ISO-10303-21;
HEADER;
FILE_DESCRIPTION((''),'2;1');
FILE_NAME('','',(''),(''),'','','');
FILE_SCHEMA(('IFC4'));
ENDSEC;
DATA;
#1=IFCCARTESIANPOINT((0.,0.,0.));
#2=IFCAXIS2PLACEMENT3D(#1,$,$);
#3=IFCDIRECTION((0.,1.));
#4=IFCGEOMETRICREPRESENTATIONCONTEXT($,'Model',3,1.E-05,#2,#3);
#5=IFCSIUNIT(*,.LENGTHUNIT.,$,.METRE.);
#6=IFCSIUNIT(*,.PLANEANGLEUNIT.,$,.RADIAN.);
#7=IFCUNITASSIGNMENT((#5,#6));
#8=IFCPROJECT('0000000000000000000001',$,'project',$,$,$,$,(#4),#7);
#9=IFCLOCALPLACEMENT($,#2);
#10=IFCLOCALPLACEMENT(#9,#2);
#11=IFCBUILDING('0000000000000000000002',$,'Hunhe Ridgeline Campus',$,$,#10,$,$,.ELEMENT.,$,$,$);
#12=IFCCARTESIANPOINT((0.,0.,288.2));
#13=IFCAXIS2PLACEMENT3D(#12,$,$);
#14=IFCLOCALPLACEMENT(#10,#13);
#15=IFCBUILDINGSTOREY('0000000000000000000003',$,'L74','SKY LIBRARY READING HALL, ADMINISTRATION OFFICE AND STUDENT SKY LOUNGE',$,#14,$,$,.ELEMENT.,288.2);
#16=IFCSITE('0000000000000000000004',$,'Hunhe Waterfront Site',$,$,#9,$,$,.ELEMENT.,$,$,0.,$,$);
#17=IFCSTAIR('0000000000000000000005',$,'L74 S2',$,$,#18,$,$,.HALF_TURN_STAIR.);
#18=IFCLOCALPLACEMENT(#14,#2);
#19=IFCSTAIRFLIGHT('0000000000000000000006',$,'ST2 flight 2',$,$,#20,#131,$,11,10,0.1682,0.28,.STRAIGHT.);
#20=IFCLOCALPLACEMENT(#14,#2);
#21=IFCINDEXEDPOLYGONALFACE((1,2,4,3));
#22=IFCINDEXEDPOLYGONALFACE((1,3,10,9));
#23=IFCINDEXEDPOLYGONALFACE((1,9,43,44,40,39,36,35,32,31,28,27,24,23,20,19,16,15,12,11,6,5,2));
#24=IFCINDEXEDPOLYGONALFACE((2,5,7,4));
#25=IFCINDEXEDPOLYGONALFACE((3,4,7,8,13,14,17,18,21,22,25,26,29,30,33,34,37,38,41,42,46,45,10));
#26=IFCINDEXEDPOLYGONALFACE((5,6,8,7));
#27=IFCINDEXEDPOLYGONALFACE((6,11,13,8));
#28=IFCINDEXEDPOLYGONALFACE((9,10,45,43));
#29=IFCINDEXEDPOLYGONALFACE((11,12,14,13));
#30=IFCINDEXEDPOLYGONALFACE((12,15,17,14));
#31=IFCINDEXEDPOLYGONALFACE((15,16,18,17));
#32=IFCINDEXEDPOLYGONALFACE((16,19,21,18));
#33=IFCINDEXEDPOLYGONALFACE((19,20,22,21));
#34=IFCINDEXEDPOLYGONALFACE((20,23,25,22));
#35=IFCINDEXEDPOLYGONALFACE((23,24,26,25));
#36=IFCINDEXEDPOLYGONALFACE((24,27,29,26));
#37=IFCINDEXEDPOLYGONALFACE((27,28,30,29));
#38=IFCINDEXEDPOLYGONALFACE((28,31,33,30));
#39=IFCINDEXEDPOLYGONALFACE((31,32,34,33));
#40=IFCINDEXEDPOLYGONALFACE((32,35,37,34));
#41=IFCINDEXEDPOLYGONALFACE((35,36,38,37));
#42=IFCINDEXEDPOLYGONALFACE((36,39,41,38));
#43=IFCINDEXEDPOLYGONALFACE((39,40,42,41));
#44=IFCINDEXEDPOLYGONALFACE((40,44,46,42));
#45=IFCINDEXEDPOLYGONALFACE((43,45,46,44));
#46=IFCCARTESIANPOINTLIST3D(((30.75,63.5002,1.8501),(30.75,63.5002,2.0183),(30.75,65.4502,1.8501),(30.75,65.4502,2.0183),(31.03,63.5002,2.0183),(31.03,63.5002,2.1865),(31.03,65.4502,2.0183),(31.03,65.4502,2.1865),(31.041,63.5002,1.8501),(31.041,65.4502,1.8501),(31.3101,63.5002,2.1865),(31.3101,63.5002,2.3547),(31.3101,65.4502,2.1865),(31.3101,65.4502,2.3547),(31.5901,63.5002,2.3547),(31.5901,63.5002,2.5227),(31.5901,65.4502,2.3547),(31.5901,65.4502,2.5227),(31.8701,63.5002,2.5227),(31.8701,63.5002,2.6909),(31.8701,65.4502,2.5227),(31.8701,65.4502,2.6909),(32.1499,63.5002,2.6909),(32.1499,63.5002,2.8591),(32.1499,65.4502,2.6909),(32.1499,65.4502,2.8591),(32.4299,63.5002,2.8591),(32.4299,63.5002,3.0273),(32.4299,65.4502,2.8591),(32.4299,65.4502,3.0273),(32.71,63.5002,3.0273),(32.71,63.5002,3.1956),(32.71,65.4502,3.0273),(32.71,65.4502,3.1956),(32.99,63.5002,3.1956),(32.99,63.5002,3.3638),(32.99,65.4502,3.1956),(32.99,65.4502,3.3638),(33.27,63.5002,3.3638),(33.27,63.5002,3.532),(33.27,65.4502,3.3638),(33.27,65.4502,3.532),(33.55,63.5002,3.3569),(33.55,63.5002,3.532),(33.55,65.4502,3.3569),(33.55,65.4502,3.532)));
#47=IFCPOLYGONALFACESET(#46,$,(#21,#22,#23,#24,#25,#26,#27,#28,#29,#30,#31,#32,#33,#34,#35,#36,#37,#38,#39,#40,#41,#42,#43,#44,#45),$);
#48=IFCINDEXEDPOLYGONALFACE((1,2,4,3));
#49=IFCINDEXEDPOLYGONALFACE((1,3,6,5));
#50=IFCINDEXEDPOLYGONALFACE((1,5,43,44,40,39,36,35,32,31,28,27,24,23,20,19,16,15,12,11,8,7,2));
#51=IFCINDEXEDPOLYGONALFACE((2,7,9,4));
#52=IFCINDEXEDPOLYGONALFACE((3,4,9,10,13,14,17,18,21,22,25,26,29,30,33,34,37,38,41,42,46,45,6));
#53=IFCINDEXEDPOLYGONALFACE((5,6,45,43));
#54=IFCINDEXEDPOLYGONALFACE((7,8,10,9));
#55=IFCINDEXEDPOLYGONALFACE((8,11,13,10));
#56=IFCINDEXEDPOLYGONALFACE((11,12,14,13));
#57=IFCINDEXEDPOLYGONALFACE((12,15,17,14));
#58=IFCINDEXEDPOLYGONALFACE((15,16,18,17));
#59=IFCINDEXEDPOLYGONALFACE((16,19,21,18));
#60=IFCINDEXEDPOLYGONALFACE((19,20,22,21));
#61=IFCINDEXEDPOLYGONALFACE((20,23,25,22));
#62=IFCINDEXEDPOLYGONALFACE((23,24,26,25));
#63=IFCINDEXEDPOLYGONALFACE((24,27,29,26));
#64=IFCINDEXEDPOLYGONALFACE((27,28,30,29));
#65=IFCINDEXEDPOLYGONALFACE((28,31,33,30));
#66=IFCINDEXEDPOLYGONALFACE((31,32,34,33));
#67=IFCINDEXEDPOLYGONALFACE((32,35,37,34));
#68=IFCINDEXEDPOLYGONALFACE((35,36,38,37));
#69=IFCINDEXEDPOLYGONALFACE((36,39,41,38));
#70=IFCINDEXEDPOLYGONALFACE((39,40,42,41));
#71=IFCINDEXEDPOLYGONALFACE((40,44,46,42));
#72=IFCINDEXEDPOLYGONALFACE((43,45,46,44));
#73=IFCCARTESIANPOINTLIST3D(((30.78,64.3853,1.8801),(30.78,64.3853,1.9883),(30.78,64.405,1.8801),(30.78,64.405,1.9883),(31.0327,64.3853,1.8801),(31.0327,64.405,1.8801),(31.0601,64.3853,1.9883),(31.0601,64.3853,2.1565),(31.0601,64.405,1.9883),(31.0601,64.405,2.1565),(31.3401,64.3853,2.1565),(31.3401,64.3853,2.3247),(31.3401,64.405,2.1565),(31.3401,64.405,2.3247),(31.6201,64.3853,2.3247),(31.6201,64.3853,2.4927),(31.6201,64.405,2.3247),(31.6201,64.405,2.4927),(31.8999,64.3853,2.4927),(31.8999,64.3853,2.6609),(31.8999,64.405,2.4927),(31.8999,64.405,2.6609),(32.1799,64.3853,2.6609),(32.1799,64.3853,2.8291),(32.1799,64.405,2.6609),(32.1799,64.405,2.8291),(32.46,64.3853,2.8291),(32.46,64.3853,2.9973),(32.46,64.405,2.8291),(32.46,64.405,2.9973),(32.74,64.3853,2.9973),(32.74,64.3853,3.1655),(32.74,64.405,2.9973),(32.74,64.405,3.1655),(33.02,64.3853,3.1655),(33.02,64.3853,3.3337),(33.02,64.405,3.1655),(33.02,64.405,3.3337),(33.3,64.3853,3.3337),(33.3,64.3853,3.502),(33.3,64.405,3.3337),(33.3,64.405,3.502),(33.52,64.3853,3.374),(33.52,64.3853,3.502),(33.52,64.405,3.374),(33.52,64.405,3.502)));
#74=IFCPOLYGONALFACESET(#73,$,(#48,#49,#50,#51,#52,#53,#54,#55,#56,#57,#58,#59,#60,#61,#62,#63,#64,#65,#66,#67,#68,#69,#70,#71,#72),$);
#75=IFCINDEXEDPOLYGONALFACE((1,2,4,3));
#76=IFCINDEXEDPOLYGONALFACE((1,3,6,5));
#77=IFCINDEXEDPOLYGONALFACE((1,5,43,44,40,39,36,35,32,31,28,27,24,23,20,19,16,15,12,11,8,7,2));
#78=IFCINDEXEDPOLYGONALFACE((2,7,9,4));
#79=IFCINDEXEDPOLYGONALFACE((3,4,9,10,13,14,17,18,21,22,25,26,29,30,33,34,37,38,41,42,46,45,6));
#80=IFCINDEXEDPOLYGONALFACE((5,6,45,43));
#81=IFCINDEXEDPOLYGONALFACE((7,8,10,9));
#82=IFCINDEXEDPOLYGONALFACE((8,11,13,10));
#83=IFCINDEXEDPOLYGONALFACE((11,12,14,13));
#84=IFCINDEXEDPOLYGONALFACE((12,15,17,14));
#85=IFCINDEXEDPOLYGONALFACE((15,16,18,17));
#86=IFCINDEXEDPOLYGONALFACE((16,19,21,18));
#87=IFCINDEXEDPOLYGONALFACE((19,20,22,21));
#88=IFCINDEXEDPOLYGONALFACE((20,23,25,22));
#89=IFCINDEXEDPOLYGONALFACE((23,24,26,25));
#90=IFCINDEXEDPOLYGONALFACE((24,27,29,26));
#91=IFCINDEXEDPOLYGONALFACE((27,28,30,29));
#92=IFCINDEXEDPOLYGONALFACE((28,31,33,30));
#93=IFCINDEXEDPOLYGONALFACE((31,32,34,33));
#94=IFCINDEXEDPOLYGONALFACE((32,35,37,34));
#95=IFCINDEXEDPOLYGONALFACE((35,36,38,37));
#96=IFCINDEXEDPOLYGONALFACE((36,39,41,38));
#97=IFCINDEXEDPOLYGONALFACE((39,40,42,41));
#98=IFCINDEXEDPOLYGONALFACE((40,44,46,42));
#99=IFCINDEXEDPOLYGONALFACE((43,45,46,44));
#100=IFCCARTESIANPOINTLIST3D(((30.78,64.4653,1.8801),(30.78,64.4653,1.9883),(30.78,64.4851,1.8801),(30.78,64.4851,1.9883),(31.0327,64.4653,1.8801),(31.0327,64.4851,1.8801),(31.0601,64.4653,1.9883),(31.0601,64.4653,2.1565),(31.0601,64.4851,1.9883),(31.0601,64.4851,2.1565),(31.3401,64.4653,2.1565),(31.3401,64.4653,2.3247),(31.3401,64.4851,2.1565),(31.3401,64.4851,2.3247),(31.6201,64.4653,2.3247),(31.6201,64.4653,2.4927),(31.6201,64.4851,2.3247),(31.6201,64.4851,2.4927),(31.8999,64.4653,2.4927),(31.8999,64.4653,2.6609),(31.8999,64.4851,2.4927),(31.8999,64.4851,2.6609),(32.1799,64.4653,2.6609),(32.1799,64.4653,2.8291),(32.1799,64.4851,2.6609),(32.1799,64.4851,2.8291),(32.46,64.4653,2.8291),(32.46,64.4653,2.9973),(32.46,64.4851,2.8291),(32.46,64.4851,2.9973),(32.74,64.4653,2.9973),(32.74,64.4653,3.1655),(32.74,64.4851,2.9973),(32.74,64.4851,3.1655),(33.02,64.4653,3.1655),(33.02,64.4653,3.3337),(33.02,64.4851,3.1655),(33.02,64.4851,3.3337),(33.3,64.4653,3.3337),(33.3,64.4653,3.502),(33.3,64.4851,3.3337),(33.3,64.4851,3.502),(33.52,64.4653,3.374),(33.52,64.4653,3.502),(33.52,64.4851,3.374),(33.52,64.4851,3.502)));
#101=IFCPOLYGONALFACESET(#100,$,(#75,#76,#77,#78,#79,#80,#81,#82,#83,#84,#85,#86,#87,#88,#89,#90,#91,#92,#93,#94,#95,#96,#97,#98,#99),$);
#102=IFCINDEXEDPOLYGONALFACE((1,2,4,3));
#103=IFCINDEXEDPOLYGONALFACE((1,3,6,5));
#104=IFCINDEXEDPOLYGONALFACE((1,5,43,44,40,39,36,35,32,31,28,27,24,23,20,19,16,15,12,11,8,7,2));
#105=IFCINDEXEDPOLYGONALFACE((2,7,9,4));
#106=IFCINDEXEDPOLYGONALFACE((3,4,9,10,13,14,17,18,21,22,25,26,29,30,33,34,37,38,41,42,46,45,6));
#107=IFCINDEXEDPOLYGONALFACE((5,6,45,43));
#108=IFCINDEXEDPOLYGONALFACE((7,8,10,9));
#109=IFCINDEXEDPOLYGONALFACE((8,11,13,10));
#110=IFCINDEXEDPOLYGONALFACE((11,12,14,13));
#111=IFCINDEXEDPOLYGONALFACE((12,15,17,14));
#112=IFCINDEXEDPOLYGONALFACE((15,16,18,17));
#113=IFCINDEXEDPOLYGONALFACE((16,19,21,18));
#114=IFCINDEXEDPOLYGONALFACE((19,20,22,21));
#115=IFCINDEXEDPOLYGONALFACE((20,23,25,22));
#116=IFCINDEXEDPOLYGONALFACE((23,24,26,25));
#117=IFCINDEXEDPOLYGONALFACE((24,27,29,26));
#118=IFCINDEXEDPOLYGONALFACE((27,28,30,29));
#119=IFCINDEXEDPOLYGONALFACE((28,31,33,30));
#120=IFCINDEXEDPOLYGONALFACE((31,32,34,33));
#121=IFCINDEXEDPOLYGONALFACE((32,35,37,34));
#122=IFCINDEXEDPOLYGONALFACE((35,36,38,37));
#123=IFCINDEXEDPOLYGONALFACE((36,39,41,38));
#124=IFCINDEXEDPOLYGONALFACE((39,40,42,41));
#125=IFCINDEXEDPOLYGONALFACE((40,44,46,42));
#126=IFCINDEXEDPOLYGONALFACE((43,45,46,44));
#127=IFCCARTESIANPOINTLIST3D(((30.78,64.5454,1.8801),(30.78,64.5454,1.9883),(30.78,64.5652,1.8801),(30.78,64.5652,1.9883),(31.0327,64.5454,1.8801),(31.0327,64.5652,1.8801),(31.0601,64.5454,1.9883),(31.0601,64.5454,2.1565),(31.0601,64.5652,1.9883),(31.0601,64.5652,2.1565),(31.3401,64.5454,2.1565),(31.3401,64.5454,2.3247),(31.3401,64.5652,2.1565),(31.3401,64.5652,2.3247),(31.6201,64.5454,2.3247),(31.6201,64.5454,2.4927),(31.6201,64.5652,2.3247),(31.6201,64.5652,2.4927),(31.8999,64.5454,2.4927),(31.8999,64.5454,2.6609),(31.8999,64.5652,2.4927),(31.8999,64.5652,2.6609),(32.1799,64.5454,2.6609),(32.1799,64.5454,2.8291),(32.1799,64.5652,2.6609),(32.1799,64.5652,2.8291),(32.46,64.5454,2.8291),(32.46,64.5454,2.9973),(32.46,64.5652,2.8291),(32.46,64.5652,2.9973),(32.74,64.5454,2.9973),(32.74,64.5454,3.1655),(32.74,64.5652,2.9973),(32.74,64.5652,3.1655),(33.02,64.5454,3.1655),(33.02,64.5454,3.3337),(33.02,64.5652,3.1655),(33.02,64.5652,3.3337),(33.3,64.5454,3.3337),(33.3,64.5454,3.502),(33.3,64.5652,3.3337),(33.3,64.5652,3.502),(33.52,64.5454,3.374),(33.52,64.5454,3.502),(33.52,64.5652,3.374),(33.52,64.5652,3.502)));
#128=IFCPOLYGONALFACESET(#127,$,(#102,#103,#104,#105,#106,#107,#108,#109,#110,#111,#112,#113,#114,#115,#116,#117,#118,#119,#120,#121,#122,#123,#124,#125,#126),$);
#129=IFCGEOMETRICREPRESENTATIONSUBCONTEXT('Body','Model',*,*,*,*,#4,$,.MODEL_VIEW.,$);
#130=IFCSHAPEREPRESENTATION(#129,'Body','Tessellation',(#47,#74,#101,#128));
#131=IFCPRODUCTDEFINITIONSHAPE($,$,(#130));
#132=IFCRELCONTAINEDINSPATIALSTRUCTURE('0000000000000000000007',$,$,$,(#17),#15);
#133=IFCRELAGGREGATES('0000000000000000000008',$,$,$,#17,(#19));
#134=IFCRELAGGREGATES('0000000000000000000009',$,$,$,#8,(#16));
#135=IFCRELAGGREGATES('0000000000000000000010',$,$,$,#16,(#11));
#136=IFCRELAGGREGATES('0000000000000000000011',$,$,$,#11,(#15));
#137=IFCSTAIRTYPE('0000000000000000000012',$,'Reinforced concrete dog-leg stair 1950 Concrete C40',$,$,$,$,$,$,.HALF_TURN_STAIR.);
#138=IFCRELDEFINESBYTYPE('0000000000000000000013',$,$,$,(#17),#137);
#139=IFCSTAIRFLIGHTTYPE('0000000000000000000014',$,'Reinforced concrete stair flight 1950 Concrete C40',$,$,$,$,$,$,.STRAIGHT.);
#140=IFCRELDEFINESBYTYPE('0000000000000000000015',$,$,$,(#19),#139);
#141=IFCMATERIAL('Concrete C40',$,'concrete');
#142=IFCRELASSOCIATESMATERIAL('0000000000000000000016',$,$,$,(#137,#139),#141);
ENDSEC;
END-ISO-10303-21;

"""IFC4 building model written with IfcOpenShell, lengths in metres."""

from ifc_helpers import new_model, si_unit, direction, frame, origin, place, context, subcontext, project, spatial, polyline, outline, extrude, material, type_object, element, aggregate, save


model = new_model("IFC4")

# Units and contexts
model_context = context("Model", 3, precision=1e-05, world=origin(), true_north=direction((0.0, 1.0)))
body_context = subcontext(model_context, "Body", "Model", "MODEL_VIEW")
ifc_project = project(units=[si_unit("LENGTHUNIT", "METRE"), si_unit("PLANEANGLEUNIT", "RADIAN")], contexts=[model_context])

# Site, building, storey
site_placement = place(None, origin())
site = spatial("IfcSite", under=ifc_project, at=site_placement, Name="Hunhe Waterfront Site", CompositionType="ELEMENT", RefElevation=0.0)
building_placement = place(site_placement, origin())
building = spatial("IfcBuilding", under=site, at=building_placement, Name="Hunhe Ridgeline Campus", CompositionType="ELEMENT")
storey_placement = place(building_placement, frame((0.0, 0.0, 288.2)))
storey = spatial("IfcBuildingStorey", under=building, at=storey_placement, Name="L74", Description="SKY LIBRARY READING HALL, ADMINISTRATION OFFICE AND STUDENT SKY LOUNGE", CompositionType="ELEMENT", Elevation=288.2)

# Stair, stair flight
ifc_material_1 = material(Name="Concrete C40", Category="concrete")
stair_type = type_object("IfcStairType", Name="Reinforced concrete dog-leg stair 1950 Concrete C40", PredefinedType="HALF_TURN_STAIR", material=ifc_material_1)
stair_placement = place(storey_placement, origin())
stair = element("IfcStair", 1, at=stair_placement, inside=storey, type_object=stair_type, Name="L74 S2", PredefinedType="HALF_TURN_STAIR")
stair_flight_type = type_object("IfcStairFlightType", Name="Reinforced concrete stair flight 1950 Concrete C40", PredefinedType="STRAIGHT", material=ifc_material_1)
stair_flight_placement = place(storey_placement, frame((30.75, 64.4751, 1.8501), z_axis=(0.0, 0.0, 1.0), x_axis=(1.0, 0.0, 0.0)))
stair_flight = element("IfcStairFlight", 2, at=stair_flight_placement, type_object=stair_flight_type, Name="ST2 flight 2", NumberOfRisers=11, NumberOfTreads=10, PredefinedType="STRAIGHT", RiserHeight=0.1682, TreadLength=0.28, context=body_context, shape_type="SweptSolid", body=[
    extrude(outline(polyline([(0.0, 0.0), (0.0, 0.1682), (0.28, 0.1682), (0.28, 0.3364), (0.5601, 0.3364), (0.5601, 0.5046), (0.8401, 0.5046), (0.8401, 0.6726), (1.1201, 0.6726), (1.1201, 0.8408), (1.3999, 0.8408), (1.3999, 1.009), (1.6799, 1.009), (1.6799, 1.1772), (1.96, 1.1772), (1.96, 1.3455), (2.24, 1.3455), (2.24, 1.5137), (2.52, 1.5137), (2.52, 1.6819), (2.8, 1.6819), (2.8, 1.8501), (2.8, 1.5068), (0.291, 0.0), (0.0, 0.0)])), frame((0.0, 0.9751, 0.0), z_axis=(0.0, -1.0, 0.0), x_axis=(1.0, 0.0, 0.0)), (0.0, 0.0, 1.0), 1.95),
    extrude(outline(polyline([(0.03, 0.03), (0.03, 0.1382), (0.3101, 0.1382), (0.3101, 0.3064), (0.5901, 0.3064), (0.5901, 0.4746), (0.8701, 0.4746), (0.8701, 0.6426), (1.1499, 0.6426), (1.1499, 0.8108), (1.4299, 0.8108), (1.4299, 0.979), (1.71, 0.979), (1.71, 1.1472), (1.99, 1.1472), (1.99, 1.3154), (2.27, 1.3154), (2.27, 1.4836), (2.55, 1.4836), (2.55, 1.6519), (2.77, 1.6519), (2.77, 1.5239), (0.2827, 0.03), (0.03, 0.03)])), frame((0.0, -0.0701, 0.0), z_axis=(0.0, -1.0, 0.0), x_axis=(1.0, 0.0, 0.0)), (0.0, 0.0, 1.0), 0.0198),
    extrude(outline(polyline([(0.03, 0.03), (0.03, 0.1382), (0.3101, 0.1382), (0.3101, 0.3064), (0.5901, 0.3064), (0.5901, 0.4746), (0.8701, 0.4746), (0.8701, 0.6426), (1.1499, 0.6426), (1.1499, 0.8108), (1.4299, 0.8108), (1.4299, 0.979), (1.71, 0.979), (1.71, 1.1472), (1.99, 1.1472), (1.99, 1.3154), (2.27, 1.3154), (2.27, 1.4836), (2.55, 1.4836), (2.55, 1.6519), (2.77, 1.6519), (2.77, 1.5239), (0.2827, 0.03), (0.03, 0.03)])), frame((0.0, 0.01, 0.0), z_axis=(0.0, -1.0, 0.0), x_axis=(1.0, 0.0, 0.0)), (0.0, 0.0, 1.0), 0.0198),
    extrude(outline(polyline([(0.03, 0.03), (0.03, 0.1382), (0.3101, 0.1382), (0.3101, 0.3064), (0.5901, 0.3064), (0.5901, 0.4746), (0.8701, 0.4746), (0.8701, 0.6426), (1.1499, 0.6426), (1.1499, 0.8108), (1.4299, 0.8108), (1.4299, 0.979), (1.71, 0.979), (1.71, 1.1472), (1.99, 1.1472), (1.99, 1.3154), (2.27, 1.3154), (2.27, 1.4836), (2.55, 1.4836), (2.55, 1.6519), (2.77, 1.6519), (2.77, 1.5239), (0.2827, 0.03), (0.03, 0.03)])), frame((0.0, 0.0901, 0.0), z_axis=(0.0, -1.0, 0.0), x_axis=(1.0, 0.0, 0.0)), (0.0, 0.0, 1.0), 0.0198),
])
aggregate(stair, [stair_flight])

save(model, "model.ifc")
